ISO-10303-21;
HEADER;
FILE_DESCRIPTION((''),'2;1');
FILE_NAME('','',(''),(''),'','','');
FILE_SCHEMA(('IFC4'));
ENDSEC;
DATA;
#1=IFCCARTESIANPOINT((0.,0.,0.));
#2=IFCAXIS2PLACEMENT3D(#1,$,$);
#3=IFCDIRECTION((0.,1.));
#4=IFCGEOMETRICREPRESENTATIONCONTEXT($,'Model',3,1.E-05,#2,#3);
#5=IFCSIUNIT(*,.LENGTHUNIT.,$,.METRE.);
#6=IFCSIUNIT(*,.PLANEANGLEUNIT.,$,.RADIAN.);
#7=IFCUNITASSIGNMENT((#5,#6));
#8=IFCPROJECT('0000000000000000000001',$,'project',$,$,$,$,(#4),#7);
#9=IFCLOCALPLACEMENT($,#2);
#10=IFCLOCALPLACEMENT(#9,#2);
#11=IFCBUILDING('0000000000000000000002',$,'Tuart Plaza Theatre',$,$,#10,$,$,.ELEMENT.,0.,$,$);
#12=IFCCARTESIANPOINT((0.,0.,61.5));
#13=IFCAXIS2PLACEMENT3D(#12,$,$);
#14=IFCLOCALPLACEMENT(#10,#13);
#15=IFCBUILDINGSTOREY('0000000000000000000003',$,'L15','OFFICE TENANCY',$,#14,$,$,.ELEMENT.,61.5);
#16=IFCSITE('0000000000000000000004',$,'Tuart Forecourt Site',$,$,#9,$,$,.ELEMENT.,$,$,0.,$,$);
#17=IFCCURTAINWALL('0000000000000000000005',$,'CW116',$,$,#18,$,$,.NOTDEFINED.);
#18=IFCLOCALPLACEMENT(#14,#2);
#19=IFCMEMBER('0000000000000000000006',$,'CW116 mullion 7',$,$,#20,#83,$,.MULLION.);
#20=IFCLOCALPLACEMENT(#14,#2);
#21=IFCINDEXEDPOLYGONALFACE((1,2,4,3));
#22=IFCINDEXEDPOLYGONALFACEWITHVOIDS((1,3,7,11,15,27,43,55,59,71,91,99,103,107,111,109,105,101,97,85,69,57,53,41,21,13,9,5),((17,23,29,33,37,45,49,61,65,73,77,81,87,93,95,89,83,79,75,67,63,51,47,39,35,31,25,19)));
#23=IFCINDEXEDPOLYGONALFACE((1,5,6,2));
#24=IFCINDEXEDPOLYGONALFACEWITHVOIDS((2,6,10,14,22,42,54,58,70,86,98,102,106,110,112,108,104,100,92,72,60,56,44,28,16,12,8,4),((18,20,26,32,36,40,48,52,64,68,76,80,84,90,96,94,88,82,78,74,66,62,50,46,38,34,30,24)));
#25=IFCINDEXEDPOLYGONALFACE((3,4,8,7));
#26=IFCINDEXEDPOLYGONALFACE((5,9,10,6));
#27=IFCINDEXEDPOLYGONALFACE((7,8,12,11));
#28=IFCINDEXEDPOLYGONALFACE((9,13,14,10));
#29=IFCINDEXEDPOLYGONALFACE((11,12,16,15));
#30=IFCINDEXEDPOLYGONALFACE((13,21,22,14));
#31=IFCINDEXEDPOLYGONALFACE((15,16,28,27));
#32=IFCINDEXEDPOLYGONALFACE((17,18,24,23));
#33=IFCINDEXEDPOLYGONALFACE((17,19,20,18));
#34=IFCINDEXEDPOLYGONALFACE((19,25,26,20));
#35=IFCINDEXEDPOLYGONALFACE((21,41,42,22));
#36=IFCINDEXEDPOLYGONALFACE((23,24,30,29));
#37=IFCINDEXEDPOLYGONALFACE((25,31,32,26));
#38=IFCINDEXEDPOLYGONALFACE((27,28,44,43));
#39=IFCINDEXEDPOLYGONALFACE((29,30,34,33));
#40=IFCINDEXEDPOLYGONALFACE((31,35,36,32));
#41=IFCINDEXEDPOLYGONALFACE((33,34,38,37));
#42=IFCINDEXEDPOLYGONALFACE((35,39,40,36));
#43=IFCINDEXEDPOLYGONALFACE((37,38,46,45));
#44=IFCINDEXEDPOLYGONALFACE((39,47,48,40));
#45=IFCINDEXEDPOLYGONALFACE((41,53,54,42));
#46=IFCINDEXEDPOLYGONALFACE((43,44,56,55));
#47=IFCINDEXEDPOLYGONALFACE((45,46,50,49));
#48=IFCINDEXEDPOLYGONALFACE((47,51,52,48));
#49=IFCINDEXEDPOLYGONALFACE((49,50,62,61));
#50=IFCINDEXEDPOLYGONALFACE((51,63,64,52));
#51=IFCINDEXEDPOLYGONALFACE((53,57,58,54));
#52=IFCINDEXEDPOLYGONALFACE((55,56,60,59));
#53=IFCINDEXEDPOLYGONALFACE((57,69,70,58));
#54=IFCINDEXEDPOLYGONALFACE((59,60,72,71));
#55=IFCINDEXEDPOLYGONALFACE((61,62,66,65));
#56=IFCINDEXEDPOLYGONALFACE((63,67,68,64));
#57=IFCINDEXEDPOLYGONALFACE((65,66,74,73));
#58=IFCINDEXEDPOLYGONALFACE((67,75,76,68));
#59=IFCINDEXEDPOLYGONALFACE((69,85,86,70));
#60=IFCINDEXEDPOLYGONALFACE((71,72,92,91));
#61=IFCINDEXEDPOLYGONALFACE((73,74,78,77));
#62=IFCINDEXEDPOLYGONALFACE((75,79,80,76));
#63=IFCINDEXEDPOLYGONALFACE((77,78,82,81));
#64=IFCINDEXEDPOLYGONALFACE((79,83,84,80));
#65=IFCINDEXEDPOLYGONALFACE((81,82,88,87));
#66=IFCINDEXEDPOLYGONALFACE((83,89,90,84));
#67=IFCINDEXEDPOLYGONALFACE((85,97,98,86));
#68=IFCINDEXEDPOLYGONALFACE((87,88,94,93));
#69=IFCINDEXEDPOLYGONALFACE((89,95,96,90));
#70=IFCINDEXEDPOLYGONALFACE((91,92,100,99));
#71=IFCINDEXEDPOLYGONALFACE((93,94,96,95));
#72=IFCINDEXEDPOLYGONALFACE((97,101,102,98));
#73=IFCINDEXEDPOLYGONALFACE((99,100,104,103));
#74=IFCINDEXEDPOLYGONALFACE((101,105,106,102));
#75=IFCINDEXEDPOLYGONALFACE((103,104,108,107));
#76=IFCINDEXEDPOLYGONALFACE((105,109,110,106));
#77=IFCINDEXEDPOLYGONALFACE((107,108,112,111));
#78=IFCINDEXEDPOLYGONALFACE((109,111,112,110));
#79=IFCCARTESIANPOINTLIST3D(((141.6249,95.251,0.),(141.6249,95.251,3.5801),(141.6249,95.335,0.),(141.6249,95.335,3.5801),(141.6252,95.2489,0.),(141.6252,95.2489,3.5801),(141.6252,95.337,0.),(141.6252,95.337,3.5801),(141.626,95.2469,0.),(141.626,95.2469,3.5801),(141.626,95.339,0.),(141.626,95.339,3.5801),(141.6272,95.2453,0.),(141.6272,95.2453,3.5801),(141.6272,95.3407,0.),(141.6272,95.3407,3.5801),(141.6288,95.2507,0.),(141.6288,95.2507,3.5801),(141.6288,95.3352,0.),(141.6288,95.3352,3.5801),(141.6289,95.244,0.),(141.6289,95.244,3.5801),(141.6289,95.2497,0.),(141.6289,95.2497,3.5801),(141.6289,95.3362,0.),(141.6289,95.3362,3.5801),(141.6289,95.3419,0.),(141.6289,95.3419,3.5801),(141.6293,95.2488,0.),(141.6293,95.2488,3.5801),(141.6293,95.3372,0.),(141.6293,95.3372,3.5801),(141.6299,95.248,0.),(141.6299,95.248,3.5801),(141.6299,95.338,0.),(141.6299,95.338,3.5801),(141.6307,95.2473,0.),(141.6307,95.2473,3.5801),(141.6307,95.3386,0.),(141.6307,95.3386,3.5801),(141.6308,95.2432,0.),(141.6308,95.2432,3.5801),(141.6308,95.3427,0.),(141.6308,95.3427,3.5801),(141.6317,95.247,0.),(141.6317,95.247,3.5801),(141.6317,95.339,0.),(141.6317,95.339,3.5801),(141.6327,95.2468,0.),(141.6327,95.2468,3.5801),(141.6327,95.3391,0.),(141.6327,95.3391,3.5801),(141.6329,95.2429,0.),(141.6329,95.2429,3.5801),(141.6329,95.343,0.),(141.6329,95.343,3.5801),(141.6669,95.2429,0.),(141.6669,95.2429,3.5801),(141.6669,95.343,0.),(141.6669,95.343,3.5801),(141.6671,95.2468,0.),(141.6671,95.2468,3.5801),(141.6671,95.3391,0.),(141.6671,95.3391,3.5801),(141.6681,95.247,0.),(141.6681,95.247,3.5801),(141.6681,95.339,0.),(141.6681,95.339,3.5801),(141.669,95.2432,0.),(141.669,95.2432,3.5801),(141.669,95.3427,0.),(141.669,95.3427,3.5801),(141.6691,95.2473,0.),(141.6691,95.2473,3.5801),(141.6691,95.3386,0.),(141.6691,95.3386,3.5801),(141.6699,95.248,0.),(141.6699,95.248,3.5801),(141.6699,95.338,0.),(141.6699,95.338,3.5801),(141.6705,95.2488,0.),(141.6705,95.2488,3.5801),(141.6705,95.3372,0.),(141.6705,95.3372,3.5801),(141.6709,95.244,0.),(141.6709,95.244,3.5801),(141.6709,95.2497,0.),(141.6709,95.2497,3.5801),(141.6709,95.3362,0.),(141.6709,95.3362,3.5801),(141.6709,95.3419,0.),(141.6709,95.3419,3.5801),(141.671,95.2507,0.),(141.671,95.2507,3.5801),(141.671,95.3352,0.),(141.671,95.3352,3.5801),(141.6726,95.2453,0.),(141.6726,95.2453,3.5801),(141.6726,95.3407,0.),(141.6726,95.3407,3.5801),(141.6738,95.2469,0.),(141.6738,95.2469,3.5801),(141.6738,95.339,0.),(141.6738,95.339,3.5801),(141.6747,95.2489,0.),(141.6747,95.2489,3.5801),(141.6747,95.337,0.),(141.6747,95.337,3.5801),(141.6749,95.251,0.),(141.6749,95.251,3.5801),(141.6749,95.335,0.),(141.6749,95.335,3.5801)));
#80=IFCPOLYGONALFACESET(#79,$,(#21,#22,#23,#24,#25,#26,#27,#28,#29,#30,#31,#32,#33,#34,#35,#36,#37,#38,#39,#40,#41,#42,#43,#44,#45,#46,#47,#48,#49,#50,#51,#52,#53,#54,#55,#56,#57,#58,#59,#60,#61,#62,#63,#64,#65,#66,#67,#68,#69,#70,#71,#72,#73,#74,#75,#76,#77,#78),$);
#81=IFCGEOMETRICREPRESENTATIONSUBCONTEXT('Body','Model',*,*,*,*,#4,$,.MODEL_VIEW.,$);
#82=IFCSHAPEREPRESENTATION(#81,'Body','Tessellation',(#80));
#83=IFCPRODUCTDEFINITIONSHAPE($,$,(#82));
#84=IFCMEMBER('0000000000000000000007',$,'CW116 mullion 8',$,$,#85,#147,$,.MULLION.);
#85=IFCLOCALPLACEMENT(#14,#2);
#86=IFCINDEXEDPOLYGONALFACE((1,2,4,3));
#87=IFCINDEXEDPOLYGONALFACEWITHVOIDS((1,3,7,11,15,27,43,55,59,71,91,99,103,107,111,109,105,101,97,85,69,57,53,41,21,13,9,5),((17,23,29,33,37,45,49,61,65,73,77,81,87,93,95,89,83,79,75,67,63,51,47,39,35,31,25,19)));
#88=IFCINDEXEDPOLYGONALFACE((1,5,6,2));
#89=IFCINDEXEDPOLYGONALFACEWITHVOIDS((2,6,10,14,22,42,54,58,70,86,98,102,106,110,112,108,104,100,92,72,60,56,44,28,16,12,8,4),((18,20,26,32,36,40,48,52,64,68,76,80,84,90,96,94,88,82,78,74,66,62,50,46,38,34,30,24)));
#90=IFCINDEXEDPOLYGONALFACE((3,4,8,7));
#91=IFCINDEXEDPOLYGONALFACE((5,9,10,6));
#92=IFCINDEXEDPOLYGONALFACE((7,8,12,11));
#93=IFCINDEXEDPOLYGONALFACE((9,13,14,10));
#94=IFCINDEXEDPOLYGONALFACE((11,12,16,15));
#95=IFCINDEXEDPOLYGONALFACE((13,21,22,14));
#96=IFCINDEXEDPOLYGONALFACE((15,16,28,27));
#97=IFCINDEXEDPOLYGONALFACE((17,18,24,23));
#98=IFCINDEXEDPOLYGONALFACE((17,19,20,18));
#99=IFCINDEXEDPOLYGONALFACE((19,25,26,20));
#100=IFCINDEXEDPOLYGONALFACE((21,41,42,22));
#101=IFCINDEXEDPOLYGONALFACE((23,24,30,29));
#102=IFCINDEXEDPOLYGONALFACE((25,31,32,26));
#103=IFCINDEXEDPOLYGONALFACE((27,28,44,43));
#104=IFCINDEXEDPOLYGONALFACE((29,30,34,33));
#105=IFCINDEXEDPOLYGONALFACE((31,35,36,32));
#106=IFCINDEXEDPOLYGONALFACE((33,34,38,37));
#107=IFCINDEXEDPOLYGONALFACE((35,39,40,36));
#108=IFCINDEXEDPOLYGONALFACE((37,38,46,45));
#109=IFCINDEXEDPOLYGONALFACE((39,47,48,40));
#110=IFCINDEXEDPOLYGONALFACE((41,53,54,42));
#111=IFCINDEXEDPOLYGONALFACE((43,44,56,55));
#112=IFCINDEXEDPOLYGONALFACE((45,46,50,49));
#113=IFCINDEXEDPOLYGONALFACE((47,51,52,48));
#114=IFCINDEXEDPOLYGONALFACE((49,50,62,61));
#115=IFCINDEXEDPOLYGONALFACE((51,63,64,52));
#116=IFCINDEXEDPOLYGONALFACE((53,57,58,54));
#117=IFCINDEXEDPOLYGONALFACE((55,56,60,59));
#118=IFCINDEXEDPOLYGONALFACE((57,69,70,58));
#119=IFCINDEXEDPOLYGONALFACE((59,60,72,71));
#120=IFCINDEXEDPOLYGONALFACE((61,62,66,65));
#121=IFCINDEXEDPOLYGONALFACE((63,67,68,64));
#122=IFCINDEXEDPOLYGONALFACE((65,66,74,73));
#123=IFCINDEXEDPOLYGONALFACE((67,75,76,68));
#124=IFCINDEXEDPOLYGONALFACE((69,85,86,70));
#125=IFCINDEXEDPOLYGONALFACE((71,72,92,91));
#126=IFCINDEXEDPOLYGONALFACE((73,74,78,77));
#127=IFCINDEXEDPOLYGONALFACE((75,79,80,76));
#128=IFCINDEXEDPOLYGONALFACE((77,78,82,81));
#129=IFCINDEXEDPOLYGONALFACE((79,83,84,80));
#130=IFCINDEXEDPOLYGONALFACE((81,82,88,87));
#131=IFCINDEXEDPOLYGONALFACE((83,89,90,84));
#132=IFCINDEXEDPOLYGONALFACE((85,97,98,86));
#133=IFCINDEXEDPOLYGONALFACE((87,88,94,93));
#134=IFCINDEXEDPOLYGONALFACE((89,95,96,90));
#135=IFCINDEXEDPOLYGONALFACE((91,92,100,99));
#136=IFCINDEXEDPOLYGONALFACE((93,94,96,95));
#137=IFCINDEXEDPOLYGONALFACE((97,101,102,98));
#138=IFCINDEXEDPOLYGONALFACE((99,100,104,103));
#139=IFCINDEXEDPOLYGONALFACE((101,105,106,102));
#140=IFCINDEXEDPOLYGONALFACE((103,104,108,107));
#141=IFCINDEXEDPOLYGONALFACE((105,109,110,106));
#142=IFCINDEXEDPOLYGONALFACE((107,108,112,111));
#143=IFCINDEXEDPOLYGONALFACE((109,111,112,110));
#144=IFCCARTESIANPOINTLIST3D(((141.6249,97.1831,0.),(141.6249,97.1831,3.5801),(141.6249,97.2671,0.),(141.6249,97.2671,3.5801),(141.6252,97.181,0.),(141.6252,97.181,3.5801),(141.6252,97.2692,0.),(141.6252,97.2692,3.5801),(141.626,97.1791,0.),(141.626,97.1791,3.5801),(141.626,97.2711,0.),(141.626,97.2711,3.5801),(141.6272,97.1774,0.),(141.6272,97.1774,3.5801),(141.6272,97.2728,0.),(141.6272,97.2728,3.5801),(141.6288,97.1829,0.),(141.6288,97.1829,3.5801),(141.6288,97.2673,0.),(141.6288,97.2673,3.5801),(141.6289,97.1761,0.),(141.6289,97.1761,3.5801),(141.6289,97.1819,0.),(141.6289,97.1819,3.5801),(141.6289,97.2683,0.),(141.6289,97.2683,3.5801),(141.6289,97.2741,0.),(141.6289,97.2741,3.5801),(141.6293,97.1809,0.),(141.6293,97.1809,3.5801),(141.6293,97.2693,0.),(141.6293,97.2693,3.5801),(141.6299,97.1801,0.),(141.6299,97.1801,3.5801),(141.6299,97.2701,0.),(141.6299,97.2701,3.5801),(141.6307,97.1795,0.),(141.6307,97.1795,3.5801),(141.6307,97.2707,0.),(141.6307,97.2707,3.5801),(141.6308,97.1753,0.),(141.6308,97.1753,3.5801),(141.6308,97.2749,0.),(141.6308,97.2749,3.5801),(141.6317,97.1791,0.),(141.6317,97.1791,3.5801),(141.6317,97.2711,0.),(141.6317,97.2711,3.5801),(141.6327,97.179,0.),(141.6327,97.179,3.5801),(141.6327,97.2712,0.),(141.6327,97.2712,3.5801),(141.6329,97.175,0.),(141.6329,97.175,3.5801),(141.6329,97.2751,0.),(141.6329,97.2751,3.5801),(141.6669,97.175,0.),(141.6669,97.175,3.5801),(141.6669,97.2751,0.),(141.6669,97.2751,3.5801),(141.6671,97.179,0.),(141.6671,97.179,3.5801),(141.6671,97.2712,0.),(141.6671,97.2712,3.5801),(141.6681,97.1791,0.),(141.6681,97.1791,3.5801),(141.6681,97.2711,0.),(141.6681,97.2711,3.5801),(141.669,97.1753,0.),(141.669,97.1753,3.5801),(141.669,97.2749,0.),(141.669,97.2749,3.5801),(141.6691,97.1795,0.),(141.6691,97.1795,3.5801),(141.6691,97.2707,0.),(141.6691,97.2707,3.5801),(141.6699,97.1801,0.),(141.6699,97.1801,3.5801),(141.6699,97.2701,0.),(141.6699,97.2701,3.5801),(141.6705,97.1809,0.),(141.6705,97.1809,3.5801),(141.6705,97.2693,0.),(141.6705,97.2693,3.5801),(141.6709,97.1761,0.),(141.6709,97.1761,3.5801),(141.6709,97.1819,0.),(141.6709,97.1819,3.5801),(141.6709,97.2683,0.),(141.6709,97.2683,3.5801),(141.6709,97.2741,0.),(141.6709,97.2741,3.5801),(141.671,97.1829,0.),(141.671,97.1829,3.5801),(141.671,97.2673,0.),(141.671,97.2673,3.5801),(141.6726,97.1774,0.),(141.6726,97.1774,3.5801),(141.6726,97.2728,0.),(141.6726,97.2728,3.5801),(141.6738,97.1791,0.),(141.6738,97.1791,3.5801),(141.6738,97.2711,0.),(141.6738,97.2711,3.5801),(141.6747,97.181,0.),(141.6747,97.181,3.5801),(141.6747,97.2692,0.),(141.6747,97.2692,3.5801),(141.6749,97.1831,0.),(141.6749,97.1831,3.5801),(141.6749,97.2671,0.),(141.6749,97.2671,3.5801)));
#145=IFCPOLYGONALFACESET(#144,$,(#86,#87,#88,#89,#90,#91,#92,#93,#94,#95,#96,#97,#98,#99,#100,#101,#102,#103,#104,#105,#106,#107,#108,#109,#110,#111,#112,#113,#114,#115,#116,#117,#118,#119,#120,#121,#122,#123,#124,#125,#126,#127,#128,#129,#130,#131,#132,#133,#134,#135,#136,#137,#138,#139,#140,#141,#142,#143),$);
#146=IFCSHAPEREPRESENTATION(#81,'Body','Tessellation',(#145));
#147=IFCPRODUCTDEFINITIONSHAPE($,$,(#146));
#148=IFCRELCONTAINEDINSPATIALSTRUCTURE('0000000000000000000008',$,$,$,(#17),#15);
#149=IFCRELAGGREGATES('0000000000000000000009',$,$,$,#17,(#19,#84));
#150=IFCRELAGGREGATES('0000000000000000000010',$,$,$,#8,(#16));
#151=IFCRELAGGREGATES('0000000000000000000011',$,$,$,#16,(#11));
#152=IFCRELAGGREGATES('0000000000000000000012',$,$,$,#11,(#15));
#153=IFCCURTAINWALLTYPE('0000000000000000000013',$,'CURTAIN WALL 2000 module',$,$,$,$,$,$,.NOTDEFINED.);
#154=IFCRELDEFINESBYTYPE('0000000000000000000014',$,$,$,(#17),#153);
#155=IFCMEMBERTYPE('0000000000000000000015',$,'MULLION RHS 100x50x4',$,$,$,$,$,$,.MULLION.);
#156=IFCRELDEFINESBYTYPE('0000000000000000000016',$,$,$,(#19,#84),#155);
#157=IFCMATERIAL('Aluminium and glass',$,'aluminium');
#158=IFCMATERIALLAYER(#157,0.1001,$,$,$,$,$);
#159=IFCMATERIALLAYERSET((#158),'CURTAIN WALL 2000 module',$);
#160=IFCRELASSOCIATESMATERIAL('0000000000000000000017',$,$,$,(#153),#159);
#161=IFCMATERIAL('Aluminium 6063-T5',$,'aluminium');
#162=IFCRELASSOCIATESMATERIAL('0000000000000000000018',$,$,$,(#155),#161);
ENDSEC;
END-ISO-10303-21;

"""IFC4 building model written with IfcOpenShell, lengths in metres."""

from ifc_helpers import new_model, si_unit, direction, frame, origin, origin_2d, place, context, subcontext, project, spatial, hollow_rectangle, extrude, material, layer, layer_set, material_profile, profile_set, type_object, element, aggregate, save


model = new_model("IFC4")

# Units and contexts
model_context = context("Model", 3, precision=1e-05, world=origin(), true_north=direction((0.0, 1.0)))
body_context = subcontext(model_context, "Body", "Model", "MODEL_VIEW")
ifc_project = project(units=[si_unit("LENGTHUNIT", "METRE"), si_unit("PLANEANGLEUNIT", "RADIAN")], contexts=[model_context])

# Site, building, storey
site_placement = place(None, origin())
site = spatial("IfcSite", under=ifc_project, at=site_placement, Name="Tuart Forecourt Site", CompositionType="ELEMENT", RefElevation=0.0)
building_placement = place(site_placement, origin())
building = spatial("IfcBuilding", under=site, at=building_placement, Name="Tuart Plaza Theatre", CompositionType="ELEMENT", ElevationOfRefHeight=0.0)
storey_placement = place(building_placement, frame((0.0, 0.0, 61.5)))
storey = spatial("IfcBuildingStorey", under=building, at=storey_placement, Name="L15", Description="OFFICE TENANCY", CompositionType="ELEMENT", Elevation=61.5)

# Curtain wall, members
ifc_material_1 = material(Name="Aluminium and glass", Category="aluminium")
ifc_layer_1 = layer(ifc_material_1, 0.1001)
ifc_layer_set_1 = layer_set([ifc_layer_1], Name="CURTAIN WALL 2000 module")
curtain_wall_type = type_object("IfcCurtainWallType", Name="CURTAIN WALL 2000 module", PredefinedType="NOTDEFINED", material=ifc_layer_set_1)
curtain_wall_1_placement = place(storey_placement, origin())
curtain_wall_1 = element("IfcCurtainWall", 1, at=curtain_wall_1_placement, inside=storey, type_object=curtain_wall_type, Name="CW116", PredefinedType="NOTDEFINED")
ifc_material_2 = material(Name="Aluminium 6063-T5", Category="aluminium")
ifc_material_profile_1 = material_profile(ifc_material_2, hollow_rectangle(XDim=0.05, YDim=0.1001, WallThickness=0.0039, InnerFilletRadius=0.0039, OuterFilletRadius=0.0081, at=origin_2d()), Name="RHS 100x50x4")
ifc_profile_set_1 = profile_set([ifc_material_profile_1], Name="Aluminium 6063-T5")
member_type_1 = type_object("IfcMemberType", Name="MULLION RHS 100x50x4", PredefinedType="MULLION", material=ifc_profile_set_1)
member_1_placement = place(storey_placement, frame((141.6499, 95.293, 0.0), z_axis=(0.0, 0.0, 1.0), x_axis=(-1.0, 0.0, 0.0)))
member_1 = element("IfcMember", 2, at=member_1_placement, type_object=member_type_1, Name="CW116 mullion 7", PredefinedType="MULLION", context=body_context, shape_type="SweptSolid", body=[
    extrude(hollow_rectangle(XDim=0.05, YDim=0.1001, WallThickness=0.0039, InnerFilletRadius=0.0039, OuterFilletRadius=0.0081, at=origin_2d()), origin(), (0.0, 0.0, 1.0), 3.5801),
])
member_2_placement = place(storey_placement, frame((141.6499, 97.2251, 0.0), z_axis=(0.0, 0.0, 1.0), x_axis=(-1.0, 0.0, 0.0)))
member_2 = element("IfcMember", 3, at=member_2_placement, type_object=member_type_1, Name="CW116 mullion 8", PredefinedType="MULLION", context=body_context, shape_type="SweptSolid", body=[
    extrude(hollow_rectangle(XDim=0.05, YDim=0.1001, WallThickness=0.0039, InnerFilletRadius=0.0039, OuterFilletRadius=0.0081, at=origin_2d()), origin(), (0.0, 0.0, 1.0), 3.5801),
])

aggregate(curtain_wall_1, [member_1, member_2])

save(model, "model.ifc")
